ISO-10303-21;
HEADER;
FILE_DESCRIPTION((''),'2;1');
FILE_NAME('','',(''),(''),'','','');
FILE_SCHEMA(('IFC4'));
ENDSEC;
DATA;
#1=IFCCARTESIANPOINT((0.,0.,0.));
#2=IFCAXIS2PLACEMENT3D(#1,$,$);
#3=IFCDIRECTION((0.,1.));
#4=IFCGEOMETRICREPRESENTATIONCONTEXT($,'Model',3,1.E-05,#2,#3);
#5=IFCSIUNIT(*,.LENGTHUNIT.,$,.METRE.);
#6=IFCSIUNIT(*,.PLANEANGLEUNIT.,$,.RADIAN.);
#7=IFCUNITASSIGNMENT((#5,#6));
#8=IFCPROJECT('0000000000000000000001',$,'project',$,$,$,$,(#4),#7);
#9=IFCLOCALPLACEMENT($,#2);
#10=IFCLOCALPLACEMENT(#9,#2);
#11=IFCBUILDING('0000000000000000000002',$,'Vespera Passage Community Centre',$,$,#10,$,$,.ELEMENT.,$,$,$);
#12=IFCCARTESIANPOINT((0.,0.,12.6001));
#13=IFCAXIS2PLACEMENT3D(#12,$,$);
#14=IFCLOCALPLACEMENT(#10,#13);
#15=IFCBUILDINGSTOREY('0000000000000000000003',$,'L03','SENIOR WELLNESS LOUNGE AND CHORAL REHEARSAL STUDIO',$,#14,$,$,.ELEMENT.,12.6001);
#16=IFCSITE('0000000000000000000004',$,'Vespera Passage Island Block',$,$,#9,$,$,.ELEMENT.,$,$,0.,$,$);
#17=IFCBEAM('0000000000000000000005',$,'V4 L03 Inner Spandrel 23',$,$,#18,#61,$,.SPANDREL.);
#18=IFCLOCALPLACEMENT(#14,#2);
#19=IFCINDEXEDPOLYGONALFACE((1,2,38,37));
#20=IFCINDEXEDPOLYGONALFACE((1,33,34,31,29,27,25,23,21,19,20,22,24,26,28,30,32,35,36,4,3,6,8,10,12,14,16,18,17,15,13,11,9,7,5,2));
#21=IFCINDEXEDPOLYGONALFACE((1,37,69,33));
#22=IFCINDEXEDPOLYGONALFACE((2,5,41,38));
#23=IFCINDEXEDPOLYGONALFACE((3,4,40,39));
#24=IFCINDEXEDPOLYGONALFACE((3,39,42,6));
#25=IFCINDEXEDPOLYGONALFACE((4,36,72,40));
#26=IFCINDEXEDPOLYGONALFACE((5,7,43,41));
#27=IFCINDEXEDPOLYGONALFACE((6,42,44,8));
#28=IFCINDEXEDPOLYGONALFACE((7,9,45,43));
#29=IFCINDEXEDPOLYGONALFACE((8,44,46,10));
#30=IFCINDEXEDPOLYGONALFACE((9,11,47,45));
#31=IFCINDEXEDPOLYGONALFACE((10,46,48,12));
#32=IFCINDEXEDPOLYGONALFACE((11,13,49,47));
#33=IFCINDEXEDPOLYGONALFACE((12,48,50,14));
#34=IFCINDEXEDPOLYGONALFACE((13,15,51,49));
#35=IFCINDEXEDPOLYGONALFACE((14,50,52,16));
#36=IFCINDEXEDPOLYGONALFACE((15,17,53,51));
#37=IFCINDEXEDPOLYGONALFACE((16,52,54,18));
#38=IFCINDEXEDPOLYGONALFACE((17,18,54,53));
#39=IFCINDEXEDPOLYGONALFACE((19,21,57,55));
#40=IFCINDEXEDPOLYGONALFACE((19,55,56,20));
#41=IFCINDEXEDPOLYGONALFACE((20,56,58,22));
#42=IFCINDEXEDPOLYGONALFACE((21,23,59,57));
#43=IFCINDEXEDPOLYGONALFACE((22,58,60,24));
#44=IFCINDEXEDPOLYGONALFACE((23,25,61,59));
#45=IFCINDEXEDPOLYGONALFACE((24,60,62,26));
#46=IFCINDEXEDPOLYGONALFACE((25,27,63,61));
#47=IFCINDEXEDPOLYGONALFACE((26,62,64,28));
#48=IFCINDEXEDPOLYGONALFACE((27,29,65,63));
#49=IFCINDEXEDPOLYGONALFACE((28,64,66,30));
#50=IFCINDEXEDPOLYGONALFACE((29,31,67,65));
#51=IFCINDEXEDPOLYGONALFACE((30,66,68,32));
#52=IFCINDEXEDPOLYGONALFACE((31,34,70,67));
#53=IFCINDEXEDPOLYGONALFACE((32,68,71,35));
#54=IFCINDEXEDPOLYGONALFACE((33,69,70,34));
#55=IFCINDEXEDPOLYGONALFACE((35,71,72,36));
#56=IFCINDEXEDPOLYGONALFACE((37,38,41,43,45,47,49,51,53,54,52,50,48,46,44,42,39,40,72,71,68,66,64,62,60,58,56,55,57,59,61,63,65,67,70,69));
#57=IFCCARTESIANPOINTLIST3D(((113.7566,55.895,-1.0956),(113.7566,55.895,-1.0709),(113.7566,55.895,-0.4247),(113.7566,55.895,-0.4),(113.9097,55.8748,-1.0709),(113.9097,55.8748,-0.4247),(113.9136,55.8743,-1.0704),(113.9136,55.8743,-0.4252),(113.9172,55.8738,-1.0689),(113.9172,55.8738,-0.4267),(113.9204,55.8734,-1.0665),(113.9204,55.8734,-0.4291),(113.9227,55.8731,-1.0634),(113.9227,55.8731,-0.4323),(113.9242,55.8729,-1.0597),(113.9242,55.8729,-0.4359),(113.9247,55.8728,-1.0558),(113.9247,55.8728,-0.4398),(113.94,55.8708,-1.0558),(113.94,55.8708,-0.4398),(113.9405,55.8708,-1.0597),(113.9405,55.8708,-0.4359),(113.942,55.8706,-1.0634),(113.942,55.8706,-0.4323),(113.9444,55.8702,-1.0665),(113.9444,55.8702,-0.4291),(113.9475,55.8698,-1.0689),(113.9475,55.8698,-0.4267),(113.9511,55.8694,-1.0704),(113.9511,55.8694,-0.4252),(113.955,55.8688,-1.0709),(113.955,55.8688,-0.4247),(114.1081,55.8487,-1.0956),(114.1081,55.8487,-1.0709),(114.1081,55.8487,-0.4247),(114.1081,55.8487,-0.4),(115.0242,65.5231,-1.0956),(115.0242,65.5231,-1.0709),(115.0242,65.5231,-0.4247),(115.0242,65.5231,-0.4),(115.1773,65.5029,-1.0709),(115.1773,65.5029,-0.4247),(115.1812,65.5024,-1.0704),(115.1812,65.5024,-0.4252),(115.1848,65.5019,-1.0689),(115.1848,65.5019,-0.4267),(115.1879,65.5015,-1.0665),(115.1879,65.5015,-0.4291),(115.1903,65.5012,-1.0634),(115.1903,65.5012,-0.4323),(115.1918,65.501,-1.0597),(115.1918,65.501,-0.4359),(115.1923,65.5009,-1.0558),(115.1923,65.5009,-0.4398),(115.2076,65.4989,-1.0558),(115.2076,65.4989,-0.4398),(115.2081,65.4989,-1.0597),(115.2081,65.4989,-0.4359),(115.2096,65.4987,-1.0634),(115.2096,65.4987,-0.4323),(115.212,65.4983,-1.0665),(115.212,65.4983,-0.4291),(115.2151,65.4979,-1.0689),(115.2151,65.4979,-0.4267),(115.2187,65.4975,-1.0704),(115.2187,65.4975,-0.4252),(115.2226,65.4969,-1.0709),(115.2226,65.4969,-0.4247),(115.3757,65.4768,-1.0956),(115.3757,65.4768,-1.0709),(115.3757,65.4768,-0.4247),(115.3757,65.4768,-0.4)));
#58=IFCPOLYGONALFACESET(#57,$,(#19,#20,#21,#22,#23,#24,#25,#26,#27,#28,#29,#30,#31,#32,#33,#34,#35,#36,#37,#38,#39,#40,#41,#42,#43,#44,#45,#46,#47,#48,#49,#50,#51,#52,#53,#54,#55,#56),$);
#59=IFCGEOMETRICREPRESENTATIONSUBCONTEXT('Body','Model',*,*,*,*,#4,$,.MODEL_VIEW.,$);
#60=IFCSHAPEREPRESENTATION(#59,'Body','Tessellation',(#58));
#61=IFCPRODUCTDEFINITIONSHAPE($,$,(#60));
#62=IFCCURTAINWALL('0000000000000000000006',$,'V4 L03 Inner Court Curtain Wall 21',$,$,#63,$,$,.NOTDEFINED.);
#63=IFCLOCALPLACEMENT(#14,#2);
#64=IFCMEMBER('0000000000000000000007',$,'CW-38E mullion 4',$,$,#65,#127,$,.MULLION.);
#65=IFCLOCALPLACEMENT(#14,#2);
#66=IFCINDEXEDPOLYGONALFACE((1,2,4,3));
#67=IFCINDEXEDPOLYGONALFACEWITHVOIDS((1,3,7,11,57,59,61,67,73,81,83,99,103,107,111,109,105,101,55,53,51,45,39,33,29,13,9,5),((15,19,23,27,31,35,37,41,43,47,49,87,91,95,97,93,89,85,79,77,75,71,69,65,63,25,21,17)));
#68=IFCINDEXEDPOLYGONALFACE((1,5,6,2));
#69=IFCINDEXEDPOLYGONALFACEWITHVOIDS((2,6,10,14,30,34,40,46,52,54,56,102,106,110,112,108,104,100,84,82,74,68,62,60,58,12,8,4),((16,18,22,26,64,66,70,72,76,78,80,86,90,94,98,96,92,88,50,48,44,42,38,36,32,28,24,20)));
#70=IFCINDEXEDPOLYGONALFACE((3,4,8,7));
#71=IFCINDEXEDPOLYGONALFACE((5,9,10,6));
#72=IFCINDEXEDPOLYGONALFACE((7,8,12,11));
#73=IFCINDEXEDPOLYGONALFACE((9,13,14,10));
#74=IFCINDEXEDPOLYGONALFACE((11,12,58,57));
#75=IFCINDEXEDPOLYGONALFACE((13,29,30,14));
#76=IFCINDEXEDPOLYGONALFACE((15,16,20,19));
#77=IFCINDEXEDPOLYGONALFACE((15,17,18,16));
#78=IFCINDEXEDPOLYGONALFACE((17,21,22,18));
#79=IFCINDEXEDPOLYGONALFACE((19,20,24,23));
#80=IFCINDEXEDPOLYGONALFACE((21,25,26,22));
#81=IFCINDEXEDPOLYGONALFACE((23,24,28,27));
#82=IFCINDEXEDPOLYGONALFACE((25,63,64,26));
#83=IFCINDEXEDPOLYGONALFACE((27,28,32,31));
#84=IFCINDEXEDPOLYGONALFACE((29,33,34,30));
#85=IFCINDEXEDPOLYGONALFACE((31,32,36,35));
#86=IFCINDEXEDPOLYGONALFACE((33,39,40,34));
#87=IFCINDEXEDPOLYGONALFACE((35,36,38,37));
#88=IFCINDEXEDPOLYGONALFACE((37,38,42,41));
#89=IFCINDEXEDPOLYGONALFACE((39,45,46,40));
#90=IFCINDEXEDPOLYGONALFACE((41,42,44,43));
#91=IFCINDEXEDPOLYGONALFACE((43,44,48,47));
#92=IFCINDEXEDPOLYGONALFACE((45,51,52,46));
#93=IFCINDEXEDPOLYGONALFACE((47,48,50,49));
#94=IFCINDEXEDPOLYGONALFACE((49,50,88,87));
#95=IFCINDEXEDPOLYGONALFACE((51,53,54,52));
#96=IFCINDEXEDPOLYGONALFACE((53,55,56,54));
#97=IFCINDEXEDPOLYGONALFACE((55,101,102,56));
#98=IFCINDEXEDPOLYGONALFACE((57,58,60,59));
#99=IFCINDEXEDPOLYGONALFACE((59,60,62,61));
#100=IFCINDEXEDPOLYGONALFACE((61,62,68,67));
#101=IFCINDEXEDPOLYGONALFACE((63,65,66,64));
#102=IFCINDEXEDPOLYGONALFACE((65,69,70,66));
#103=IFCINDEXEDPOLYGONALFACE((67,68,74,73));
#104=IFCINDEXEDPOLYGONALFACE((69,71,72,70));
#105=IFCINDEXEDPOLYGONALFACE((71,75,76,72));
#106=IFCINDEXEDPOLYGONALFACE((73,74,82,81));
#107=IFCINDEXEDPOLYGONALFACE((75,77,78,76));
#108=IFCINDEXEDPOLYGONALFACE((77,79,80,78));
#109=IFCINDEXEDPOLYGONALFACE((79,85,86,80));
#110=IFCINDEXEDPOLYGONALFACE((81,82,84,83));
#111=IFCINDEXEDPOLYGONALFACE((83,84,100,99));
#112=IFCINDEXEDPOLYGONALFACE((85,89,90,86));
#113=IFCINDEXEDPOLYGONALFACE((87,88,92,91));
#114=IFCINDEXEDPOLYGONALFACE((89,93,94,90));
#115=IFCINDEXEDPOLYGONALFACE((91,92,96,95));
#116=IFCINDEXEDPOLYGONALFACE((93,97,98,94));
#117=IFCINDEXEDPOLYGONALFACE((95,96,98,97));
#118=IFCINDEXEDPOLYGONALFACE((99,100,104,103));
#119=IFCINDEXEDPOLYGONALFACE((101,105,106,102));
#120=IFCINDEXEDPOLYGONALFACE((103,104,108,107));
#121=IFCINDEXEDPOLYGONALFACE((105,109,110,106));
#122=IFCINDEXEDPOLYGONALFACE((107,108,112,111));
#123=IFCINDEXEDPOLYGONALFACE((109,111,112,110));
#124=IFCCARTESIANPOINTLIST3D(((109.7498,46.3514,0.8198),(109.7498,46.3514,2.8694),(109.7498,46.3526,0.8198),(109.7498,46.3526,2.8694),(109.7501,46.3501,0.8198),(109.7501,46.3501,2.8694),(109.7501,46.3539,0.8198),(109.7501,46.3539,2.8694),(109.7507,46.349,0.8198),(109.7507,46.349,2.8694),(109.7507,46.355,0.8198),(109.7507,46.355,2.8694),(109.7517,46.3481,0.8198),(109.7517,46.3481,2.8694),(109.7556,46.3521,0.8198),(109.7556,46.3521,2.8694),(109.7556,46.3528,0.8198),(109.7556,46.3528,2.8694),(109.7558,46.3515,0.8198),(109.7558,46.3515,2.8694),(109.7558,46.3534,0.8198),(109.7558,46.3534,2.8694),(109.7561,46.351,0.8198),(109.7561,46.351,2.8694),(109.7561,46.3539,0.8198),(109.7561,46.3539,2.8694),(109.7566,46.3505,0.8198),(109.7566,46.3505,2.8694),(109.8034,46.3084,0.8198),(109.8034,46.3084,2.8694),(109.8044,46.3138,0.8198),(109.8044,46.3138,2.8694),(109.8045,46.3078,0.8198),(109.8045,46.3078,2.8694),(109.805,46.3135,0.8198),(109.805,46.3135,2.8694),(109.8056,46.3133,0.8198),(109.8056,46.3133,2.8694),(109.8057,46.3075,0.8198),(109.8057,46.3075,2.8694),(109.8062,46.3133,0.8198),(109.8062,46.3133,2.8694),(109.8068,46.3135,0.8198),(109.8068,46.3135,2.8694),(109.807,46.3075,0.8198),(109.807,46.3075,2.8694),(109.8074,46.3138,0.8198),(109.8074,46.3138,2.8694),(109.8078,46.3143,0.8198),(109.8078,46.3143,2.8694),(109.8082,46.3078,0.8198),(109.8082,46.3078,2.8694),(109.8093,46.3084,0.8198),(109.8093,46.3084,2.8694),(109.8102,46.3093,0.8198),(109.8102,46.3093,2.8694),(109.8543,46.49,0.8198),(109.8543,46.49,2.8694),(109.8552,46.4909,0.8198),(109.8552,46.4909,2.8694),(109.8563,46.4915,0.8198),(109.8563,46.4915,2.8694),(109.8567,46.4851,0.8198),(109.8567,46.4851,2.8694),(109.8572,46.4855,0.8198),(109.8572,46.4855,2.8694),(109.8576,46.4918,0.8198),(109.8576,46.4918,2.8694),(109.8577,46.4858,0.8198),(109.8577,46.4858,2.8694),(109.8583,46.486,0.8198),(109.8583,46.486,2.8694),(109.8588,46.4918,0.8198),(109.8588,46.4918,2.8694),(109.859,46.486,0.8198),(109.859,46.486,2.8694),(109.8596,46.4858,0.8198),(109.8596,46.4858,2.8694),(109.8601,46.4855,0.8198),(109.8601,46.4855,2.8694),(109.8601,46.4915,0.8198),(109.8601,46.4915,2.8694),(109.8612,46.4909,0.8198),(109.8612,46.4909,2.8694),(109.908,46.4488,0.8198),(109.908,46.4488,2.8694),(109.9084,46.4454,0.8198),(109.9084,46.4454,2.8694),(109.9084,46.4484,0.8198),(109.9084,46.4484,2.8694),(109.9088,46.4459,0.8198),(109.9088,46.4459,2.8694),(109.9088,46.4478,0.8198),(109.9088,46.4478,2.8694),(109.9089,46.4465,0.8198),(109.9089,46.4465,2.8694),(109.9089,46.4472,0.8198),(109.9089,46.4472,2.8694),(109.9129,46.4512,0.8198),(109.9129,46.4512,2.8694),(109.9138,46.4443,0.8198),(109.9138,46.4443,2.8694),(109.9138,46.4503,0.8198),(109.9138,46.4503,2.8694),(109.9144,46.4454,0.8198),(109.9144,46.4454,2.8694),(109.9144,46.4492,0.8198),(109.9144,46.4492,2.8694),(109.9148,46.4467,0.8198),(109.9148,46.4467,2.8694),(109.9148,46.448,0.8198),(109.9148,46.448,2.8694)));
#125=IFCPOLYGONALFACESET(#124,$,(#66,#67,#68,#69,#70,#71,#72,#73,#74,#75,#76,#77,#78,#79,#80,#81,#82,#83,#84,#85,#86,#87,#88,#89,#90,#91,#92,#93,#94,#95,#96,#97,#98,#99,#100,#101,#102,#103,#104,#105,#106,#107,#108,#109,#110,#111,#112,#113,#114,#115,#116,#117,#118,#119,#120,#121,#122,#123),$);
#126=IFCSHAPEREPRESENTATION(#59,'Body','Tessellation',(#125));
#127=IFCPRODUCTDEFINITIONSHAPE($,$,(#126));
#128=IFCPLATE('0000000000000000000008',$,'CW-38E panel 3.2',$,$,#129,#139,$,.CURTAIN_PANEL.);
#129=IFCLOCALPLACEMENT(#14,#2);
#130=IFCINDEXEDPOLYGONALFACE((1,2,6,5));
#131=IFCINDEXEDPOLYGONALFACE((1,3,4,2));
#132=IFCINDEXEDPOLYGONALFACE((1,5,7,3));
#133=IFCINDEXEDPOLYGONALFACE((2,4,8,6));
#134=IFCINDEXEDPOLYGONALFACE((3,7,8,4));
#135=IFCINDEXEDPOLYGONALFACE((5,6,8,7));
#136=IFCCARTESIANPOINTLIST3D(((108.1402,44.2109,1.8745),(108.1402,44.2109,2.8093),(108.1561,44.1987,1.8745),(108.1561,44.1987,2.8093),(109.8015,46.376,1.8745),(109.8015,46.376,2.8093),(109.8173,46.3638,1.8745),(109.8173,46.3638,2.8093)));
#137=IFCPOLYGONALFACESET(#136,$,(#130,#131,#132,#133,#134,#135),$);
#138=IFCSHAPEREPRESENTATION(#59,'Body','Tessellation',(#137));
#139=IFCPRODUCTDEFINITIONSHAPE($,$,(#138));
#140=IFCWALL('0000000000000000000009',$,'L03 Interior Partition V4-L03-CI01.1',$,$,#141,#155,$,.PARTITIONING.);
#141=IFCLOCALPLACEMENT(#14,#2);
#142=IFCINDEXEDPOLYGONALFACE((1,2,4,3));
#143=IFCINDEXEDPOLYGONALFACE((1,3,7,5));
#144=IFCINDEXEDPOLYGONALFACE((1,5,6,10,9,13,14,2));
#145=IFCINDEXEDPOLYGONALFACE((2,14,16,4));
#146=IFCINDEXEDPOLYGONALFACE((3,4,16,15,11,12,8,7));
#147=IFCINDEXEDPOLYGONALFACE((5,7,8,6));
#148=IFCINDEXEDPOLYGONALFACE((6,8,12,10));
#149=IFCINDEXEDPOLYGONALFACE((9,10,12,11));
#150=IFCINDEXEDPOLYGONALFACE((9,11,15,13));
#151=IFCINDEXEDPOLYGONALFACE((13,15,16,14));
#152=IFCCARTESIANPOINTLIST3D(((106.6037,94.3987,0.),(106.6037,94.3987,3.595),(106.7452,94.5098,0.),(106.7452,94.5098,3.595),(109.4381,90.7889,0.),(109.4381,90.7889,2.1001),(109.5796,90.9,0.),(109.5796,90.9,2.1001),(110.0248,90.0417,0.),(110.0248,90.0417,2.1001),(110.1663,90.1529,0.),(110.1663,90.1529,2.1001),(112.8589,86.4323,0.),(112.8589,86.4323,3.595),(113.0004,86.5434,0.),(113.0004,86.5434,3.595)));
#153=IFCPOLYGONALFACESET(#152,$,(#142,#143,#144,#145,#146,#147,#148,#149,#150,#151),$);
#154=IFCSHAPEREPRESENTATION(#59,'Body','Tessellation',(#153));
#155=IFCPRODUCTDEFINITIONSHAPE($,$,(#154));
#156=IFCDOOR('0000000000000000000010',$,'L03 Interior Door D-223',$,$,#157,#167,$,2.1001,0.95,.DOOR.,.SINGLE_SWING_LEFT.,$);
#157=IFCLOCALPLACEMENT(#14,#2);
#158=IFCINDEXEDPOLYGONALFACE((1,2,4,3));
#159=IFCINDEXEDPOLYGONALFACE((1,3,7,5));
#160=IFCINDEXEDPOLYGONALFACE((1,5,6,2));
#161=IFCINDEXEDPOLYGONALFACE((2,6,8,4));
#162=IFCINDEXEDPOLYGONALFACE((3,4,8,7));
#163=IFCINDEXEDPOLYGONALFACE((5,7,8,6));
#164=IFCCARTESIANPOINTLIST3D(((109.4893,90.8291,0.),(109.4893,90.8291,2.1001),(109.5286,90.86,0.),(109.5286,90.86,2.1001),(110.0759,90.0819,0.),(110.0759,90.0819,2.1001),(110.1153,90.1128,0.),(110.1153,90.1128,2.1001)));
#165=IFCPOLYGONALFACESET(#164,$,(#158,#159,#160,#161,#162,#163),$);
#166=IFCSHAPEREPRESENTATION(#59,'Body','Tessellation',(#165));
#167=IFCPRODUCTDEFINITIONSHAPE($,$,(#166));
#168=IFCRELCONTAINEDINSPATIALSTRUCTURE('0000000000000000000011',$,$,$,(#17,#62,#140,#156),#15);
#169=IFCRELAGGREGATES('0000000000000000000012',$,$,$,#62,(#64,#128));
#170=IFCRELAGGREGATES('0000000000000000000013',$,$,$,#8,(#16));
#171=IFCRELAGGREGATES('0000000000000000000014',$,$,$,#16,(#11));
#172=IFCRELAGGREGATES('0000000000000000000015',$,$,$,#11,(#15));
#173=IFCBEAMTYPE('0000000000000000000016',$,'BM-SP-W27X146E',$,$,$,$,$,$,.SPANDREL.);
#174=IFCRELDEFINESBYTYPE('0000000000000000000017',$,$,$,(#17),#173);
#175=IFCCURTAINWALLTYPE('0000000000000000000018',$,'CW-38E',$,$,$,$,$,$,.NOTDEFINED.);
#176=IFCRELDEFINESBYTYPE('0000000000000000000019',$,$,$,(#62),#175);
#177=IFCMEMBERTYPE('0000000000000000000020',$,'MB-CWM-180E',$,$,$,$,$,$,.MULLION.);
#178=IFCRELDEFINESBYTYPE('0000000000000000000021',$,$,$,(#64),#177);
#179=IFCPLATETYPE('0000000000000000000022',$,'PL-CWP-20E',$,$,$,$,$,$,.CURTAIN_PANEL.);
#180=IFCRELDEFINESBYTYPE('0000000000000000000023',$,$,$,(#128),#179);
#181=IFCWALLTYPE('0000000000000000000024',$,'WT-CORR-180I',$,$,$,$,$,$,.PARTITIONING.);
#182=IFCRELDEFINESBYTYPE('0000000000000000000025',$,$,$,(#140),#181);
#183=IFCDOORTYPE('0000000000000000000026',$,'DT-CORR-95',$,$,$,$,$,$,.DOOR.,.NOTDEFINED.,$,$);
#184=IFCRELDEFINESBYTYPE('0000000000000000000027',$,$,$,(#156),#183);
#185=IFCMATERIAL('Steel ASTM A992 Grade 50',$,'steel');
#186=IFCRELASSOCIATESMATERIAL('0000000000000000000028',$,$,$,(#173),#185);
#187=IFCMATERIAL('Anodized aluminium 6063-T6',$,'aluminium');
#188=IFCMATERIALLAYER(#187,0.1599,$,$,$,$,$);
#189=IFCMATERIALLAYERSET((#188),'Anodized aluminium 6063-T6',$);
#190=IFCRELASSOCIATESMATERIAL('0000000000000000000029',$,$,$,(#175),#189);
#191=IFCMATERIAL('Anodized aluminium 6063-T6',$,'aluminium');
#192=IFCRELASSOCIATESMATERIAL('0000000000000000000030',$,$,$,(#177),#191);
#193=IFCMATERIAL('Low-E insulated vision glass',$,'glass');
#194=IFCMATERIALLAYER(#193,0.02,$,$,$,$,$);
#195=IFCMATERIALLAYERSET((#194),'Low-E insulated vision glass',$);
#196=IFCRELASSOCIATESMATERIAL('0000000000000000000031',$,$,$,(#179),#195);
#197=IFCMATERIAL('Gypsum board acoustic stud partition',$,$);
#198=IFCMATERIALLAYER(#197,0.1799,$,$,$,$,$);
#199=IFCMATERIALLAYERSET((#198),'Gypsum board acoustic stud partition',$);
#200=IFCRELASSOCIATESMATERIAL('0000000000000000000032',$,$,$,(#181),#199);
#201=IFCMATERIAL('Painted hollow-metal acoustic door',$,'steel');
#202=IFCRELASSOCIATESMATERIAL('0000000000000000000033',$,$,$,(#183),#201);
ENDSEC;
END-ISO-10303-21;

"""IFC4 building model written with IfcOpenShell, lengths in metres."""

from ifc_helpers import new_model, si_unit, direction, frame, frame_2d, origin, origin_2d, place, context, subcontext, project, spatial, rectangle, hollow_rectangle, i_section, extrude, material, layer, layer_set, material_profile, profile_set, type_object, element, fill, aggregate, save


model = new_model("IFC4")

# Units and contexts
model_context = context("Model", 3, precision=1e-05, world=origin(), true_north=direction((0.0, 1.0)))
body_context = subcontext(model_context, "Body", "Model", "MODEL_VIEW")
ifc_project = project(units=[si_unit("LENGTHUNIT", "METRE"), si_unit("PLANEANGLEUNIT", "RADIAN")], contexts=[model_context])

# Site, building, storey
site_placement = place(None, origin())
site = spatial("IfcSite", under=ifc_project, at=site_placement, Name="Vespera Passage Island Block", CompositionType="ELEMENT", RefElevation=0.0)
building_placement = place(site_placement, origin())
building = spatial("IfcBuilding", under=site, at=building_placement, Name="Vespera Passage Community Centre", CompositionType="ELEMENT")
storey_placement = place(building_placement, frame((0.0, 0.0, 12.6001)))
storey = spatial("IfcBuildingStorey", under=building, at=storey_placement, Name="L03", Description="SENIOR WELLNESS LOUNGE AND CHORAL REHEARSAL STUDIO", CompositionType="ELEMENT", Elevation=12.6001)

# Beam
ifc_material_1 = material(Name="Steel ASTM A992 Grade 50", Category="steel")
ifc_material_profile_1 = material_profile(ifc_material_1, i_section(OverallWidth=0.3545, OverallDepth=0.6956, WebThickness=0.0154, FlangeThickness=0.0247, FilletRadius=0.0151, at=origin_2d()), Name="W27X146")
ifc_profile_set_1 = profile_set([ifc_material_profile_1], Name="Steel ASTM A992 Grade 50")
beam_type_1 = type_object("IfcBeamType", Name="BM-SP-W27X146E", PredefinedType="SPANDREL", material=ifc_profile_set_1)
for number, where, z_axis, x_axis, name in (
    (1, (113.9324, 55.8718, -0.7478), (0.130527, 0.991445, 0.0), (-0.991445, 0.130527, 0.0), "V4 L03 Inner Spandrel 23"),
):
    element("IfcBeam", number, at=place(storey_placement, frame(where, z_axis=z_axis, x_axis=x_axis)), inside=storey, type_object=beam_type_1, Name=name, PredefinedType="SPANDREL", context=body_context, shape_type="SweptSolid", body=[
        extrude(i_section(OverallWidth=0.3545, OverallDepth=0.6956, WebThickness=0.0154, FlangeThickness=0.0247, FilletRadius=0.0151, at=origin_2d()), origin(), (0.0, 0.0, 1.0), 9.7112),
    ])

# Curtain wall, member, plate
ifc_material_2 = material(Name="Anodized aluminium 6063-T6", Category="aluminium")
ifc_layer_1 = layer(ifc_material_2, 0.1599)
ifc_layer_set_1 = layer_set([ifc_layer_1], Name="Anodized aluminium 6063-T6")
curtain_wall_type = type_object("IfcCurtainWallType", Name="CW-38E", PredefinedType="NOTDEFINED", material=ifc_layer_set_1)
curtain_wall_placement = place(storey_placement, origin())
curtain_wall = element("IfcCurtainWall", 2, at=curtain_wall_placement, inside=storey, type_object=curtain_wall_type, Name="V4 L03 Inner Court Curtain Wall 21", PredefinedType="NOTDEFINED")
ifc_material_3 = material(Name="Anodized aluminium 6063-T6", Category="aluminium")
ifc_material_profile_2 = material_profile(ifc_material_3, hollow_rectangle(XDim=0.075, YDim=0.1799, WallThickness=0.0049, InnerFilletRadius=0.0024, OuterFilletRadius=0.0049, at=origin_2d()), Name="ALU180X75X5")
ifc_profile_set_2 = profile_set([ifc_material_profile_2], Name="Anodized aluminium 6063-T6")
member_type = type_object("IfcMemberType", Name="MB-CWM-180E", PredefinedType="MULLION", material=ifc_profile_set_2)
member_placement = place(storey_placement, frame((109.8323, 46.3997, 0.8198), z_axis=(0.0, 0.0, 1.0), x_axis=(-0.793358, 0.608755, 0.0)))
member = element("IfcMember", 3, at=member_placement, type_object=member_type, Name="CW-38E mullion 4", PredefinedType="MULLION", context=body_context, shape_type="SweptSolid", body=[
    extrude(hollow_rectangle(XDim=0.075, YDim=0.1799, WallThickness=0.0049, InnerFilletRadius=0.0024, OuterFilletRadius=0.0049, at=origin_2d()), origin(), (0.0, 0.0, 1.0), 2.0496),
])
ifc_material_4 = material(Name="Low-E insulated vision glass", Category="glass")
ifc_layer_2 = layer(ifc_material_4, 0.02)
ifc_layer_set_2 = layer_set([ifc_layer_2], Name="Low-E insulated vision glass")
plate_type = type_object("IfcPlateType", Name="PL-CWP-20E", PredefinedType="CURTAIN_PANEL", material=ifc_layer_set_2)
plate_placement = place(storey_placement, frame((108.9788, 45.2874, 1.8745), z_axis=(0.0, 0.0, 1.0), x_axis=(0.608755, 0.793358, 0.0)))
plate = element("IfcPlate", 4, at=plate_placement, type_object=plate_type, Name="CW-38E panel 3.2", PredefinedType="CURTAIN_PANEL", context=body_context, shape_type="SweptSolid", body=[
    extrude(rectangle(XDim=2.729, YDim=0.02, at=origin_2d()), origin(), (0.0, 0.0, 1.0), 0.9348),
])
aggregate(curtain_wall, [member, plate])

# Wall, opening, door
ifc_material_5 = material(Name="Gypsum board acoustic stud partition")
ifc_layer_3 = layer(ifc_material_5, 0.1799)
ifc_layer_set_3 = layer_set([ifc_layer_3], Name="Gypsum board acoustic stud partition")
wall_type_1 = type_object("IfcWallType", Name="WT-CORR-180I", PredefinedType="PARTITIONING", material=ifc_layer_set_3)
wall_1_placement = place(storey_placement, frame((112.9297, 86.4878, 0.0), z_axis=(0.0, 0.0, 1.0), x_axis=(-0.61757, 0.786516, 0.0)))
wall_1 = element("IfcWall", 5, at=wall_1_placement, inside=storey, type_object=wall_type_1, Name="L03 Interior Partition V4-L03-CI01.1", PredefinedType="PARTITIONING", context=body_context, shape_type="SweptSolid", body=[
    extrude(rectangle(XDim=10.1287, YDim=0.1799, at=frame_2d((5.0645, 0.0))), origin(), (0.0, 0.0, 1.0), 3.595),
])
opening_1_placement = place(wall_1_placement, frame((4.5891, 0.0, 0.0)))
opening_1 = element("IfcOpeningElement", 6, at=opening_1_placement, cuts=wall_1, PredefinedType="OPENING", context=body_context, shape_type="SweptSolid", body=[
    extrude(rectangle(XDim=0.95, YDim=2.1001, at=frame_2d((0.4751, 1.05))), frame((0.0, 0.0999, 0.0), z_axis=(0.0, -1.0, 0.0), x_axis=(1.0, 0.0, 0.0)), (0.0, 0.0, 1.0), 0.2),
])
ifc_material_6 = material(Name="Painted hollow-metal acoustic door", Category="steel")
door_type = type_object("IfcDoorType", Name="DT-CORR-95", OperationType="NOTDEFINED", PredefinedType="DOOR", material=ifc_material_6)
door_placement = place(opening_1_placement, origin())
door = element("IfcDoor", 7, at=door_placement, inside=storey, type_object=door_type, Name="L03 Interior Door D-223", OperationType="SINGLE_SWING_LEFT", OverallHeight=2.1001, OverallWidth=0.95, PredefinedType="DOOR", context=body_context, shape_type="SweptSolid", body=[
    extrude(rectangle(XDim=0.95, YDim=2.1001, at=frame_2d((0.4751, 1.05))), frame((0.0, 0.0249, 0.0), z_axis=(0.0, -1.0, 0.0), x_axis=(1.0, 0.0, 0.0)), (0.0, 0.0, 1.0), 0.05),
])
fill(opening_1, door)

save(model, "model.ifc")
